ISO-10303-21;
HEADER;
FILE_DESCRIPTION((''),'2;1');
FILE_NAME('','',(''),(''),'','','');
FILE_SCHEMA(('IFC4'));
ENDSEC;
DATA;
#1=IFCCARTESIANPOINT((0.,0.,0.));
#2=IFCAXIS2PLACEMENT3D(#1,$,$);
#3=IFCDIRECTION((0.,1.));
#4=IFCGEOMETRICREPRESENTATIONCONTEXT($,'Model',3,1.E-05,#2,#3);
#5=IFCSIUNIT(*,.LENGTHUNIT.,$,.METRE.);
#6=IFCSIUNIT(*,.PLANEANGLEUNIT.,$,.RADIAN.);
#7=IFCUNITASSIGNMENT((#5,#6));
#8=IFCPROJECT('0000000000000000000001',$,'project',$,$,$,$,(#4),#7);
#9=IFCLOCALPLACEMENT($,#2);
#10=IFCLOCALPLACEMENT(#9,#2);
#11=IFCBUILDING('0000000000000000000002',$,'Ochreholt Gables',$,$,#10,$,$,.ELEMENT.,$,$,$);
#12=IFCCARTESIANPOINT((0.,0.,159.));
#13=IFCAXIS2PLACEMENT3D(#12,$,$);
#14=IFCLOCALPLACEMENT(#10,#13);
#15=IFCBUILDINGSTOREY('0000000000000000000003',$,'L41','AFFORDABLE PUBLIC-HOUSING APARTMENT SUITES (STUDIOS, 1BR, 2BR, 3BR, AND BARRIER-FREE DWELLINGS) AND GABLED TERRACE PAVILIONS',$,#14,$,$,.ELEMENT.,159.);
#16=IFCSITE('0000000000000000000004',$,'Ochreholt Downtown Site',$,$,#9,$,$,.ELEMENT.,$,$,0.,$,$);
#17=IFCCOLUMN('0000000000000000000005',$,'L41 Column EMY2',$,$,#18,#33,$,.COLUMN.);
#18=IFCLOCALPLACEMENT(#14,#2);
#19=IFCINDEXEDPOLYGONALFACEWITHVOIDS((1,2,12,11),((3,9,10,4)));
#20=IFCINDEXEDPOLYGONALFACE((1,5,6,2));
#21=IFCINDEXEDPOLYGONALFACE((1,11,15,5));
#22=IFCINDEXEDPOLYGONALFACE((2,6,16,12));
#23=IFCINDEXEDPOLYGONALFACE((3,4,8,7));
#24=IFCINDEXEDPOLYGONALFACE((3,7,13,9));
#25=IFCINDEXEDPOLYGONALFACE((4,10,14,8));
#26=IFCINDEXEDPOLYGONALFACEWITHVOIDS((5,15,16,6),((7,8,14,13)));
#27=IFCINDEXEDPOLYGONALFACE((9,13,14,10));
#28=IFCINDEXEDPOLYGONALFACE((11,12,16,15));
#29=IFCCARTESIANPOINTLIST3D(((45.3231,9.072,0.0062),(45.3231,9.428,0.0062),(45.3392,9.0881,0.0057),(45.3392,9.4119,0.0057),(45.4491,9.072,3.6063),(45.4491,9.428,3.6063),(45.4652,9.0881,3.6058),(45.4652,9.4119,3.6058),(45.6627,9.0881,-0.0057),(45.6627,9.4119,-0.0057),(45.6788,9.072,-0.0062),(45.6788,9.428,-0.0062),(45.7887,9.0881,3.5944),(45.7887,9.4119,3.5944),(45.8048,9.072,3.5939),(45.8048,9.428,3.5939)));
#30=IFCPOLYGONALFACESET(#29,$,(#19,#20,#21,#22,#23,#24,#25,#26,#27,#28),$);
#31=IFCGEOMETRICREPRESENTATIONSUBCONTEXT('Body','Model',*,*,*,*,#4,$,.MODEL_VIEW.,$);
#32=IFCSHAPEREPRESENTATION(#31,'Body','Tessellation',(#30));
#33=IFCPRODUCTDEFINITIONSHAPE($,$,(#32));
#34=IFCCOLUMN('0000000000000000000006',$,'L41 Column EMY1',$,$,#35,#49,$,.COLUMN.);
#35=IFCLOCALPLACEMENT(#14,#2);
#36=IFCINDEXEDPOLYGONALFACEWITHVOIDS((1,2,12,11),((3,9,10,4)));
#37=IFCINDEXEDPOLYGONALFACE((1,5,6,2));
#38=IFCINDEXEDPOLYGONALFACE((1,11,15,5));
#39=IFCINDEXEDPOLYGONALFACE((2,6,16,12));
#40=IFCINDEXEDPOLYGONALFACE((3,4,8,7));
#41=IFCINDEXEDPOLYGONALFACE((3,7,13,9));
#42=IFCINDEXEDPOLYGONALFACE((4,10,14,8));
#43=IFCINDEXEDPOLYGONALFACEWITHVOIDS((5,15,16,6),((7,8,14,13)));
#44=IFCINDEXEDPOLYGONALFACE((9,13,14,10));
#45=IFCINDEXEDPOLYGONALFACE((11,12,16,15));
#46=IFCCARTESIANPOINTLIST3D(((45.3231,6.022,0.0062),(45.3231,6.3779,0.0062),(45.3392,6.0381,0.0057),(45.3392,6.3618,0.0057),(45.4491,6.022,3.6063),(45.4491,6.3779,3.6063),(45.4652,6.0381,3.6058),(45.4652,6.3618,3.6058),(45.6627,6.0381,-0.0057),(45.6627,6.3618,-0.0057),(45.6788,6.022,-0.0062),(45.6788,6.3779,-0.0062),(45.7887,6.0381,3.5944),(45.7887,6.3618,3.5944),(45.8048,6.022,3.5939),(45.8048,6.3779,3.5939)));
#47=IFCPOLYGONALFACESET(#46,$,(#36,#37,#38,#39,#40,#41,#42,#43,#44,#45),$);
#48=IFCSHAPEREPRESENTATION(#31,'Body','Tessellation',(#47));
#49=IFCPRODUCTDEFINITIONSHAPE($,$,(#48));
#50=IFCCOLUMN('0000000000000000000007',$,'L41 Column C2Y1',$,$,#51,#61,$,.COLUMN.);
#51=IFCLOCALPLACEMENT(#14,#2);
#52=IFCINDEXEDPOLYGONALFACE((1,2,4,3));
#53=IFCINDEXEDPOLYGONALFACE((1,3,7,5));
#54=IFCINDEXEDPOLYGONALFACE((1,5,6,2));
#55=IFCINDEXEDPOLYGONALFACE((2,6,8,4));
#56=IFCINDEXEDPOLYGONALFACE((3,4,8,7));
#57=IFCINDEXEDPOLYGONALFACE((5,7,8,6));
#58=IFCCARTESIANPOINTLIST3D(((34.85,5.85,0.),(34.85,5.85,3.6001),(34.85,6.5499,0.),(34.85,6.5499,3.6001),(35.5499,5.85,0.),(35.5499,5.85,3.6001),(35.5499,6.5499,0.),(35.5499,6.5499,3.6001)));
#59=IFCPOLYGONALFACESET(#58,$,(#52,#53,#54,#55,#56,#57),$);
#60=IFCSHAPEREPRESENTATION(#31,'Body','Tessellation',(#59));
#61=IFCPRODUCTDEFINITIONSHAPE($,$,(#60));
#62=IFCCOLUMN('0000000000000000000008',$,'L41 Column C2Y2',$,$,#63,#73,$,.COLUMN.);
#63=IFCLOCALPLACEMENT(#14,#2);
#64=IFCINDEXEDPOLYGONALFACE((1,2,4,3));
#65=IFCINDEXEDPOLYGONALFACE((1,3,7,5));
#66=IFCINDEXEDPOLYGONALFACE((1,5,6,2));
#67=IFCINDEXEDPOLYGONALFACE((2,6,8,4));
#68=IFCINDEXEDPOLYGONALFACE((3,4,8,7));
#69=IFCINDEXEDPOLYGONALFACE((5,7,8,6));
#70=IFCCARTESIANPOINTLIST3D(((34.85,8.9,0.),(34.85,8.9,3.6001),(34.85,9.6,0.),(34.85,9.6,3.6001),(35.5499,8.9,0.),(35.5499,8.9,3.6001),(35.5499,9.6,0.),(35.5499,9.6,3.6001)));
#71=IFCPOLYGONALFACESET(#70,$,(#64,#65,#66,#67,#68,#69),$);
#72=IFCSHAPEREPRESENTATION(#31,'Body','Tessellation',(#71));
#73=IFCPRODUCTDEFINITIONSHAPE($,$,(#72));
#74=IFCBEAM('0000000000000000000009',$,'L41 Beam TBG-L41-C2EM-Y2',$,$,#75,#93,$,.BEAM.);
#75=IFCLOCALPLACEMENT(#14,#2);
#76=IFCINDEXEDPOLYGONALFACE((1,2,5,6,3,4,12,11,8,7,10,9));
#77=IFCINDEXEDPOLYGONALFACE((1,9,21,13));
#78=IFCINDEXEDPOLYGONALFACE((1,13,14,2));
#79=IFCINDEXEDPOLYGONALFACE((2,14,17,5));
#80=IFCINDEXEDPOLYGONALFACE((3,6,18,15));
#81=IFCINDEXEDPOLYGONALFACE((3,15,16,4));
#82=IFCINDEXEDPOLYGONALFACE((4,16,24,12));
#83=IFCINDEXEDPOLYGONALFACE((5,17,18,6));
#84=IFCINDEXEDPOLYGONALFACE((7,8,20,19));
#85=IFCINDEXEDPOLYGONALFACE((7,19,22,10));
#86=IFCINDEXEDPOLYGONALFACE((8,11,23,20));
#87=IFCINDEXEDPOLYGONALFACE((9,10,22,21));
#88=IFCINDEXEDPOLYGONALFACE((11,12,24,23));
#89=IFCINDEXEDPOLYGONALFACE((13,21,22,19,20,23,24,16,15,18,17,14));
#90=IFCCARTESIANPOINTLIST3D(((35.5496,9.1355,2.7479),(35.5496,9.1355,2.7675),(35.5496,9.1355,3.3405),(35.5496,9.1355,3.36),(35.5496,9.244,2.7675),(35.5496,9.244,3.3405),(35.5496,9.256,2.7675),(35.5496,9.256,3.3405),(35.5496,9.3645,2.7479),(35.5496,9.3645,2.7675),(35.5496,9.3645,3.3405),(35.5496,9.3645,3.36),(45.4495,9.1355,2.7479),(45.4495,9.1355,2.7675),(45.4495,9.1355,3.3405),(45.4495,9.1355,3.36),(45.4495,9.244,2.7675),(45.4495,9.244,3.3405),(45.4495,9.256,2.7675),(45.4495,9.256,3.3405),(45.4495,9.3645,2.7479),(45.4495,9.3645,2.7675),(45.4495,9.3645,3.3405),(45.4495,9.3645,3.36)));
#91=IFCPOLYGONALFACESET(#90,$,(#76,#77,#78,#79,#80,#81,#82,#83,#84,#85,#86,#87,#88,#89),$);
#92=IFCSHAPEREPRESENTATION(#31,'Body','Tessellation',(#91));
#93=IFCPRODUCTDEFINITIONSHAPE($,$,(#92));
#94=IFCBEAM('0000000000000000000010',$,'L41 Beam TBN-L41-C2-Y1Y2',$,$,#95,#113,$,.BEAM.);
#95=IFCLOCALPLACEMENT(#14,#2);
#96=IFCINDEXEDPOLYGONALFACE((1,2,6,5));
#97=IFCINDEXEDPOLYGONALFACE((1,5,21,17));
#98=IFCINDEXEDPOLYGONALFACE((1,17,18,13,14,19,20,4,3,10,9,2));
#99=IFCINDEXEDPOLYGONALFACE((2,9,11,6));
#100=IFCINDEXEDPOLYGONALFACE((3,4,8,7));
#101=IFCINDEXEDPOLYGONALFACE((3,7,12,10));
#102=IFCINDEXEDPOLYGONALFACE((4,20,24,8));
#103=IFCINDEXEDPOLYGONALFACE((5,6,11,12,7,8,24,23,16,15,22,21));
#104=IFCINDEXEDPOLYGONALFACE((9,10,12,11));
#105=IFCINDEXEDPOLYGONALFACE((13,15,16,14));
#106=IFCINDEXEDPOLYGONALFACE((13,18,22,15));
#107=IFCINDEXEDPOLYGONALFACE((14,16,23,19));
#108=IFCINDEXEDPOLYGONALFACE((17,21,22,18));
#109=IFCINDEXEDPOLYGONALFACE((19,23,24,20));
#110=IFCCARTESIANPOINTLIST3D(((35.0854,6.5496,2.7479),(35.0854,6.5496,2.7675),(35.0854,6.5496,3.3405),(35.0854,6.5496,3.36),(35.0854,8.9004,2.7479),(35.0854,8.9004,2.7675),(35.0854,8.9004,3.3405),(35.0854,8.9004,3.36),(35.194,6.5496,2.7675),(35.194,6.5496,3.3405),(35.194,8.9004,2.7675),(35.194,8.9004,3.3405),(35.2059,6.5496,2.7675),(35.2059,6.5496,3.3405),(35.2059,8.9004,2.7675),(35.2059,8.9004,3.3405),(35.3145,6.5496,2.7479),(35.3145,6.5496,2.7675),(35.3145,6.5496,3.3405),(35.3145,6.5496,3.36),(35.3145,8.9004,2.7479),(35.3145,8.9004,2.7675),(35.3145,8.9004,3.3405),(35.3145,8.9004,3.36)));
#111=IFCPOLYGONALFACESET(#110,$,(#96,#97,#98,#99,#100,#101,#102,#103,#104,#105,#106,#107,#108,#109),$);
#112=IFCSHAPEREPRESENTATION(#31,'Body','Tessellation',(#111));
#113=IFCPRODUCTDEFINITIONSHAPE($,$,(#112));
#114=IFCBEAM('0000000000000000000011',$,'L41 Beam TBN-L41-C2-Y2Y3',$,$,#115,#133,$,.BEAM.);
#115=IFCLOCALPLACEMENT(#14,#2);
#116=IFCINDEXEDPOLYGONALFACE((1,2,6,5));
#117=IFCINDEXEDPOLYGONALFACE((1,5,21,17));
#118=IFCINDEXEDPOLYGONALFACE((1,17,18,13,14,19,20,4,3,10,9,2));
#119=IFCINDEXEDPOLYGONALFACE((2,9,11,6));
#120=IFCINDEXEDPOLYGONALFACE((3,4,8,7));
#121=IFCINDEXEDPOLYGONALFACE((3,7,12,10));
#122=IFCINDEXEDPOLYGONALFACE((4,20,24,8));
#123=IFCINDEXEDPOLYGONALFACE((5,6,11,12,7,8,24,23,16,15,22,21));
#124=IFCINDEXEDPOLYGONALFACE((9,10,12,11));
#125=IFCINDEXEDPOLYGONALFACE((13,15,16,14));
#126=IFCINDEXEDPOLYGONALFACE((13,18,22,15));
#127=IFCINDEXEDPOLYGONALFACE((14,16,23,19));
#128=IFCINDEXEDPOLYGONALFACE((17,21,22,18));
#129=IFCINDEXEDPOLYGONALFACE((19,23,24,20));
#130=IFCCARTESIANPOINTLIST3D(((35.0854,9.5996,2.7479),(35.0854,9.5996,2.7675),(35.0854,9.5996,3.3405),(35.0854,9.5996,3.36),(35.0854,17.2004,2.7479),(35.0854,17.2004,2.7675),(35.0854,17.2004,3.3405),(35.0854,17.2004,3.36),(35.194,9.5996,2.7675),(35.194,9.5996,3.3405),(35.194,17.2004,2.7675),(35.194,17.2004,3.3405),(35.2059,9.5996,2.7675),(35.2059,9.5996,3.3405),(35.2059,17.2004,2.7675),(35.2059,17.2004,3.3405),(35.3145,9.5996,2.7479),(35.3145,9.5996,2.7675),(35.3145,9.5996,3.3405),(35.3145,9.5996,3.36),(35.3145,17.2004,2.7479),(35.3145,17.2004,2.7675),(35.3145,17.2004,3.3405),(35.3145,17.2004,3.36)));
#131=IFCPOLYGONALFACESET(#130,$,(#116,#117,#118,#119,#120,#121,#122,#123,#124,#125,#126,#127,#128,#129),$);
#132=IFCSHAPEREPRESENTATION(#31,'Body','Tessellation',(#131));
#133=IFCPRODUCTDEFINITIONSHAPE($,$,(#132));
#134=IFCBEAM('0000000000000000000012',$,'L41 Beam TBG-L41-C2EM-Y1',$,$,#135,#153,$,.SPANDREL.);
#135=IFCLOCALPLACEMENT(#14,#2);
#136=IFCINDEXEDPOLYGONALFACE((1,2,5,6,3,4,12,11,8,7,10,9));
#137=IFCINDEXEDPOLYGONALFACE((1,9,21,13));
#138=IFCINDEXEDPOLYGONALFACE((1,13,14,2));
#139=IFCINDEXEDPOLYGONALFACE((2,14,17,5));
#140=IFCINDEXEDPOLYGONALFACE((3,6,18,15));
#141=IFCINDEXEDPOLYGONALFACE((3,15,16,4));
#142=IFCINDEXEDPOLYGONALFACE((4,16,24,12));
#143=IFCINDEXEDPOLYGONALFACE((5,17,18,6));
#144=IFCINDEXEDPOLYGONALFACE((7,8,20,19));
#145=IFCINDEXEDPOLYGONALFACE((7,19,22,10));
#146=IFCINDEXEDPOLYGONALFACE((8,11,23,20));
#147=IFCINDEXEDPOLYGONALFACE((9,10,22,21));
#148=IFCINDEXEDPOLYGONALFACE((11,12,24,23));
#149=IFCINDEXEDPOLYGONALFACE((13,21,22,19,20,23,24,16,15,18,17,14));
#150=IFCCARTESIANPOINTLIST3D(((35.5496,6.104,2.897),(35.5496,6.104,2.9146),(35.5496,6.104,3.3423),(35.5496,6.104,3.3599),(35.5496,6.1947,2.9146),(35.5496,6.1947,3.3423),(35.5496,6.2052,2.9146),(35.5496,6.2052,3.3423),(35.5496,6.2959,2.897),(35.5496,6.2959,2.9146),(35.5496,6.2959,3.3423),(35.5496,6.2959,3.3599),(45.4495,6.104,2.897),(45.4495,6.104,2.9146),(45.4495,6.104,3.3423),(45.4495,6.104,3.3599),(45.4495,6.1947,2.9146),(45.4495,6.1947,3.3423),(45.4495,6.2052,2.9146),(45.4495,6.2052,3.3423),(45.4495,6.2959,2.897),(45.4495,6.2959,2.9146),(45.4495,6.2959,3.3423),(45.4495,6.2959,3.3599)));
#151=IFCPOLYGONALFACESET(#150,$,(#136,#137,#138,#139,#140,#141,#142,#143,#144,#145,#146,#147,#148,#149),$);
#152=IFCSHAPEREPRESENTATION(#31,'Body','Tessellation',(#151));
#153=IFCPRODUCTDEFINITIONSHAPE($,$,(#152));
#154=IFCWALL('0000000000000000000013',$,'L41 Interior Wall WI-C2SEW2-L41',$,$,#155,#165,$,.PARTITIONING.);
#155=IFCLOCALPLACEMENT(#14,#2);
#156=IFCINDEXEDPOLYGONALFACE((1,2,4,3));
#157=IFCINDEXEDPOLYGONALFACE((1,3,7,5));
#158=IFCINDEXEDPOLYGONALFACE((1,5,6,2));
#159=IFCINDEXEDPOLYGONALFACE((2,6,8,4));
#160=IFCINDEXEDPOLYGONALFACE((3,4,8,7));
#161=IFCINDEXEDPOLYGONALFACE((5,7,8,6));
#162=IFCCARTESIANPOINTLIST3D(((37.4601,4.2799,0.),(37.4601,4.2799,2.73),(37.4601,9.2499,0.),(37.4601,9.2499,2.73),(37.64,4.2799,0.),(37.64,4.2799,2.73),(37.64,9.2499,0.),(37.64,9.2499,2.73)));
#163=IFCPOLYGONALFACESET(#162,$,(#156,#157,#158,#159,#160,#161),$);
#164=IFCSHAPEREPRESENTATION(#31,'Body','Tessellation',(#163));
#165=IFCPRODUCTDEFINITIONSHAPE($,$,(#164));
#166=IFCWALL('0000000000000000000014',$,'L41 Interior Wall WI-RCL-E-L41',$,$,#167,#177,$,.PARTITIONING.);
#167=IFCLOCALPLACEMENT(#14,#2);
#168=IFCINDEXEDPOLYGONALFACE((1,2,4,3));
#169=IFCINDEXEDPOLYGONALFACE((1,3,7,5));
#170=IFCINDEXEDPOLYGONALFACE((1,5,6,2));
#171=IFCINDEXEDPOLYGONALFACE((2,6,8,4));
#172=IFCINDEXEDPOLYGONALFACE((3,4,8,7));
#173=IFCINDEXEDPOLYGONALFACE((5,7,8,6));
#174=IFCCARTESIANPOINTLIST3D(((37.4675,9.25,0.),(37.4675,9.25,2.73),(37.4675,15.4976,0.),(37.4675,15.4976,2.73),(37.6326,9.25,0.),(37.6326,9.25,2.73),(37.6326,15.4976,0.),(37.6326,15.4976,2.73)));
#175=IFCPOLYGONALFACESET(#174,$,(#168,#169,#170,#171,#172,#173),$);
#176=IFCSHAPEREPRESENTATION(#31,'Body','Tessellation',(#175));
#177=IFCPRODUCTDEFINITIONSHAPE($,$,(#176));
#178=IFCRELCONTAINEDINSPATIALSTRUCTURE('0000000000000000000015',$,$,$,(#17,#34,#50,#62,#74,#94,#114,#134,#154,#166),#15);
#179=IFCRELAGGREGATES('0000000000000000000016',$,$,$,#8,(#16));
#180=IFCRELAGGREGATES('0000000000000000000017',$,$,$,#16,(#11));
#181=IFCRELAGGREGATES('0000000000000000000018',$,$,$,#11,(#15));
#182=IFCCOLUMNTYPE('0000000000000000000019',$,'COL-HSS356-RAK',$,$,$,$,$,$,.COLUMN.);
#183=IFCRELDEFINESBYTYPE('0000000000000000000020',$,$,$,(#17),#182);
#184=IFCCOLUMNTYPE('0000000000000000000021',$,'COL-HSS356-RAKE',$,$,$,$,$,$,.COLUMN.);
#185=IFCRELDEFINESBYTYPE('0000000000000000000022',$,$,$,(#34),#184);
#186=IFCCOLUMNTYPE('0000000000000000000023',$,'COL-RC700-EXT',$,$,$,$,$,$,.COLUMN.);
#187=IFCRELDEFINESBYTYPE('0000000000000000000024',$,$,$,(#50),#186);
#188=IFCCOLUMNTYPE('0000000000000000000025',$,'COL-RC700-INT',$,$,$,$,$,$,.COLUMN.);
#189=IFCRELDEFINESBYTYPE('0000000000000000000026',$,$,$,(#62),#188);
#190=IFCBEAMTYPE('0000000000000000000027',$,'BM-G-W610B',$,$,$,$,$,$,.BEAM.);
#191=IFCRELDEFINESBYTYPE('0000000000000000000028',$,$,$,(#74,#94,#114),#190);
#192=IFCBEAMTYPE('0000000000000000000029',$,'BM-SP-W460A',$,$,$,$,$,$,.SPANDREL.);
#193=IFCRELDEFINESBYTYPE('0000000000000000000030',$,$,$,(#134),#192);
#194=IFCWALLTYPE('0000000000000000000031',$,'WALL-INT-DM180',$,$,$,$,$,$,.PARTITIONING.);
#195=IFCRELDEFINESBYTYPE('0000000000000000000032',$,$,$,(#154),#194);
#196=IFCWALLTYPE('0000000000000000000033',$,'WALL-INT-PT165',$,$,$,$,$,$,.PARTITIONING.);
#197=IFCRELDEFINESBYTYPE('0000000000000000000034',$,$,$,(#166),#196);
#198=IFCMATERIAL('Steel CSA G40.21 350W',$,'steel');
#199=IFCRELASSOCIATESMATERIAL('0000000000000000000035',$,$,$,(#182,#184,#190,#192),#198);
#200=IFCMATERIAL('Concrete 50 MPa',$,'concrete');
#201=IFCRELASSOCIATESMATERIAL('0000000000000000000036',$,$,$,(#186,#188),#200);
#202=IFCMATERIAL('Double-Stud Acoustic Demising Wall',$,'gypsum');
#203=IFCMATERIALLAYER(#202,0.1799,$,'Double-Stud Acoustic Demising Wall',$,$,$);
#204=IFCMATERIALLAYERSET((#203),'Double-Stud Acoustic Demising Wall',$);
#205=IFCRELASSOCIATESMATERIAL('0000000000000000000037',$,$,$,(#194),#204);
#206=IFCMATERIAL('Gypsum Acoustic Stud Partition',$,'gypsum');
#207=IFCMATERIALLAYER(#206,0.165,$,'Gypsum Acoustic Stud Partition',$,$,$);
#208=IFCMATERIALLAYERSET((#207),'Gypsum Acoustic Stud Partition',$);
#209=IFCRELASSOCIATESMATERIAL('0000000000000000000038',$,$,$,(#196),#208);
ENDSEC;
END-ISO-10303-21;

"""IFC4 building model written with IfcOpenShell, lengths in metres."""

from ifc_helpers import new_model, si_unit, direction, frame, frame_2d, origin, origin_2d, place, context, subcontext, project, spatial, rectangle, hollow_rectangle, i_section, extrude, material, layer, layer_set, material_profile, profile_set, type_object, element, save


model = new_model("IFC4")

# Units and contexts
model_context = context("Model", 3, precision=1e-05, world=origin(), true_north=direction((0.0, 1.0)))
body_context = subcontext(model_context, "Body", "Model", "MODEL_VIEW")
ifc_project = project(units=[si_unit("LENGTHUNIT", "METRE"), si_unit("PLANEANGLEUNIT", "RADIAN")], contexts=[model_context])

# Site, building, storey
site_placement = place(None, origin())
site = spatial("IfcSite", under=ifc_project, at=site_placement, Name="Ochreholt Downtown Site", CompositionType="ELEMENT", RefElevation=0.0)
building_placement = place(site_placement, origin())
building = spatial("IfcBuilding", under=site, at=building_placement, Name="Ochreholt Gables", CompositionType="ELEMENT")
storey_placement = place(building_placement, frame((0.0, 0.0, 159.0)))
storey = spatial("IfcBuildingStorey", under=building, at=storey_placement, Name="L41", Description="AFFORDABLE PUBLIC-HOUSING APARTMENT SUITES (STUDIOS, 1BR, 2BR, 3BR, AND BARRIER-FREE DWELLINGS) AND GABLED TERRACE PAVILIONS", CompositionType="ELEMENT", Elevation=159.0)

# Columns
ifc_material_1 = material(Name="Steel CSA G40.21 350W", Category="steel")
ifc_material_profile_1 = material_profile(ifc_material_1, hollow_rectangle(XDim=0.356, YDim=0.356, WallThickness=0.0161, at=origin_2d()), Name="HSS356X356X16")
ifc_profile_set_1 = profile_set([ifc_material_profile_1], Name="Steel CSA G40.21 350W")
column_type_1 = type_object("IfcColumnType", Name="COL-HSS356-RAK", PredefinedType="COLUMN", material=ifc_profile_set_1)
column_1_placement = place(storey_placement, frame((45.501, 9.25, 0.0), z_axis=(0.034971, 0.0, 0.999388), x_axis=(0.0, 1.0, 0.0)))
element("IfcColumn", 1, at=column_1_placement, inside=storey, type_object=column_type_1, Name="L41 Column EMY2", PredefinedType="COLUMN", context=body_context, shape_type="SweptSolid", body=[
    extrude(hollow_rectangle(XDim=0.356, YDim=0.356, WallThickness=0.0161, at=origin_2d()), origin(), (0.0, 0.0, 1.0), 3.6023),
])
ifc_material_profile_2 = material_profile(ifc_material_1, hollow_rectangle(XDim=0.356, YDim=0.356, WallThickness=0.0161, at=origin_2d()), Name="HSS356X356X16")
ifc_profile_set_2 = profile_set([ifc_material_profile_2], Name="Steel CSA G40.21 350W")
column_type_2 = type_object("IfcColumnType", Name="COL-HSS356-RAKE", PredefinedType="COLUMN", material=ifc_profile_set_2)
column_2_placement = place(storey_placement, frame((45.501, 6.2, 0.0), z_axis=(0.034971, 0.0, 0.999388), x_axis=(0.0, 1.0, 0.0)))
element("IfcColumn", 2, at=column_2_placement, inside=storey, type_object=column_type_2, Name="L41 Column EMY1", PredefinedType="COLUMN", context=body_context, shape_type="SweptSolid", body=[
    extrude(hollow_rectangle(XDim=0.356, YDim=0.356, WallThickness=0.0161, at=origin_2d()), origin(), (0.0, 0.0, 1.0), 3.6023),
])
ifc_material_2 = material(Name="Concrete 50 MPa", Category="concrete")
ifc_material_profile_3 = material_profile(ifc_material_2, rectangle(XDim=0.7, YDim=0.7, at=origin_2d()), Name="RC700X700")
ifc_profile_set_3 = profile_set([ifc_material_profile_3], Name="Concrete 50 MPa")
column_type_3 = type_object("IfcColumnType", Name="COL-RC700-EXT", PredefinedType="COLUMN", material=ifc_profile_set_3)
column_3_placement = place(storey_placement, frame((35.2, 6.2, 0.0), z_axis=(0.0, 0.0, 1.0), x_axis=(1.0, 0.0, 0.0)))
element("IfcColumn", 3, at=column_3_placement, inside=storey, type_object=column_type_3, Name="L41 Column C2Y1", PredefinedType="COLUMN", context=body_context, shape_type="SweptSolid", body=[
    extrude(rectangle(XDim=0.7, YDim=0.7, at=origin_2d()), origin(), (0.0, 0.0, 1.0), 3.6001),
])
ifc_material_profile_4 = material_profile(ifc_material_2, rectangle(XDim=0.7, YDim=0.7, at=origin_2d()), Name="RC700X700")
ifc_profile_set_4 = profile_set([ifc_material_profile_4], Name="Concrete 50 MPa")
column_type_4 = type_object("IfcColumnType", Name="COL-RC700-INT", PredefinedType="COLUMN", material=ifc_profile_set_4)
column_4_placement = place(storey_placement, frame((35.2, 9.25, 0.0), z_axis=(0.0, 0.0, 1.0), x_axis=(1.0, 0.0, 0.0)))
element("IfcColumn", 4, at=column_4_placement, inside=storey, type_object=column_type_4, Name="L41 Column C2Y2", PredefinedType="COLUMN", context=body_context, shape_type="SweptSolid", body=[
    extrude(rectangle(XDim=0.7, YDim=0.7, at=origin_2d()), origin(), (0.0, 0.0, 1.0), 3.6001),
])

# Beams
ifc_material_profile_5 = material_profile(ifc_material_1, i_section(OverallWidth=0.229, OverallDepth=0.6121, WebThickness=0.012, FlangeThickness=0.0195, at=origin_2d()), Name="W610X125")
ifc_profile_set_5 = profile_set([ifc_material_profile_5], Name="Steel CSA G40.21 350W")
beam_type_1 = type_object("IfcBeamType", Name="BM-G-W610B", PredefinedType="BEAM", material=ifc_profile_set_5)
beam_1_placement = place(storey_placement, frame((35.5496, 9.25, 3.054), z_axis=(1.0, 0.0, 0.0), x_axis=(0.0, 1.0, 0.0)))
element("IfcBeam", 5, at=beam_1_placement, inside=storey, type_object=beam_type_1, Name="L41 Beam TBG-L41-C2EM-Y2", PredefinedType="BEAM", context=body_context, shape_type="SweptSolid", body=[
    extrude(i_section(OverallWidth=0.229, OverallDepth=0.6121, WebThickness=0.012, FlangeThickness=0.0195, at=origin_2d()), origin(), (0.0, 0.0, 1.0), 9.8999),
])
beam_2_placement = place(storey_placement, frame((35.2, 6.5496, 3.054), z_axis=(0.0, 1.0, 0.0), x_axis=(-1.0, 0.0, 0.0)))
element("IfcBeam", 6, at=beam_2_placement, inside=storey, type_object=beam_type_1, Name="L41 Beam TBN-L41-C2-Y1Y2", PredefinedType="BEAM", context=body_context, shape_type="SweptSolid", body=[
    extrude(i_section(OverallWidth=0.229, OverallDepth=0.6121, WebThickness=0.012, FlangeThickness=0.0195, at=origin_2d()), origin(), (0.0, 0.0, 1.0), 2.3508),
])
beam_3_placement = place(storey_placement, frame((35.2, 9.5996, 3.054), z_axis=(0.0, 1.0, 0.0), x_axis=(-1.0, 0.0, 0.0)))
element("IfcBeam", 7, at=beam_3_placement, inside=storey, type_object=beam_type_1, Name="L41 Beam TBN-L41-C2-Y2Y3", PredefinedType="BEAM", context=body_context, shape_type="SweptSolid", body=[
    extrude(i_section(OverallWidth=0.229, OverallDepth=0.6121, WebThickness=0.012, FlangeThickness=0.0195, at=origin_2d()), origin(), (0.0, 0.0, 1.0), 7.6008),
])
ifc_material_profile_6 = material_profile(ifc_material_1, i_section(OverallWidth=0.1919, OverallDepth=0.4629, WebThickness=0.0105, FlangeThickness=0.0176, at=origin_2d()), Name="W460X89")
ifc_profile_set_6 = profile_set([ifc_material_profile_6], Name="Steel CSA G40.21 350W")
beam_type_2 = type_object("IfcBeamType", Name="BM-SP-W460A", PredefinedType="SPANDREL", material=ifc_profile_set_6)
beam_4_placement = place(storey_placement, frame((35.5496, 6.2, 3.1284), z_axis=(1.0, 0.0, 0.0), x_axis=(0.0, 1.0, 0.0)))
element("IfcBeam", 8, at=beam_4_placement, inside=storey, type_object=beam_type_2, Name="L41 Beam TBG-L41-C2EM-Y1", PredefinedType="SPANDREL", context=body_context, shape_type="SweptSolid", body=[
    extrude(i_section(OverallWidth=0.1919, OverallDepth=0.4629, WebThickness=0.0105, FlangeThickness=0.0176, at=origin_2d()), origin(), (0.0, 0.0, 1.0), 9.8999),
])

# Shared definitions
ifc_material_3 = material(Name="Double-Stud Acoustic Demising Wall", Category="gypsum")
ifc_layer_1 = layer(ifc_material_3, 0.1799, Name="Double-Stud Acoustic Demising Wall")
ifc_layer_set_1 = layer_set([ifc_layer_1], Name="Double-Stud Acoustic Demising Wall")
wall_type_1 = type_object("IfcWallType", Name="WALL-INT-DM180", PredefinedType="PARTITIONING", material=ifc_layer_set_1)

# Walls
wall_1_placement = place(storey_placement, frame((37.55, 4.28, 0.0), z_axis=(0.0, 0.0, 1.0), x_axis=(0.0, 1.0, 0.0)))
element("IfcWall", 9, at=wall_1_placement, inside=storey, type_object=wall_type_1, Name="L41 Interior Wall WI-C2SEW2-L41", PredefinedType="PARTITIONING", context=body_context, shape_type="SweptSolid", body=[
    extrude(rectangle(XDim=4.97, YDim=0.1799, at=frame_2d((2.4849, 0.0))), origin(), (0.0, 0.0, 1.0), 2.73),
])
ifc_material_4 = material(Name="Gypsum Acoustic Stud Partition", Category="gypsum")
ifc_layer_2 = layer(ifc_material_4, 0.165, Name="Gypsum Acoustic Stud Partition")
ifc_layer_set_2 = layer_set([ifc_layer_2], Name="Gypsum Acoustic Stud Partition")
wall_type_2 = type_object("IfcWallType", Name="WALL-INT-PT165", PredefinedType="PARTITIONING", material=ifc_layer_set_2)
wall_2_placement = place(storey_placement, frame((37.55, 9.25, 0.0), z_axis=(0.0, 0.0, 1.0), x_axis=(0.0, 1.0, 0.0)))
element("IfcWall", 10, at=wall_2_placement, inside=storey, type_object=wall_type_2, Name="L41 Interior Wall WI-RCL-E-L41", PredefinedType="PARTITIONING", context=body_context, shape_type="SweptSolid", body=[
    extrude(rectangle(XDim=6.2476, YDim=0.165, at=frame_2d((3.1238, 0.0))), origin(), (0.0, 0.0, 1.0), 2.73),
])

save(model, "model.ifc")
